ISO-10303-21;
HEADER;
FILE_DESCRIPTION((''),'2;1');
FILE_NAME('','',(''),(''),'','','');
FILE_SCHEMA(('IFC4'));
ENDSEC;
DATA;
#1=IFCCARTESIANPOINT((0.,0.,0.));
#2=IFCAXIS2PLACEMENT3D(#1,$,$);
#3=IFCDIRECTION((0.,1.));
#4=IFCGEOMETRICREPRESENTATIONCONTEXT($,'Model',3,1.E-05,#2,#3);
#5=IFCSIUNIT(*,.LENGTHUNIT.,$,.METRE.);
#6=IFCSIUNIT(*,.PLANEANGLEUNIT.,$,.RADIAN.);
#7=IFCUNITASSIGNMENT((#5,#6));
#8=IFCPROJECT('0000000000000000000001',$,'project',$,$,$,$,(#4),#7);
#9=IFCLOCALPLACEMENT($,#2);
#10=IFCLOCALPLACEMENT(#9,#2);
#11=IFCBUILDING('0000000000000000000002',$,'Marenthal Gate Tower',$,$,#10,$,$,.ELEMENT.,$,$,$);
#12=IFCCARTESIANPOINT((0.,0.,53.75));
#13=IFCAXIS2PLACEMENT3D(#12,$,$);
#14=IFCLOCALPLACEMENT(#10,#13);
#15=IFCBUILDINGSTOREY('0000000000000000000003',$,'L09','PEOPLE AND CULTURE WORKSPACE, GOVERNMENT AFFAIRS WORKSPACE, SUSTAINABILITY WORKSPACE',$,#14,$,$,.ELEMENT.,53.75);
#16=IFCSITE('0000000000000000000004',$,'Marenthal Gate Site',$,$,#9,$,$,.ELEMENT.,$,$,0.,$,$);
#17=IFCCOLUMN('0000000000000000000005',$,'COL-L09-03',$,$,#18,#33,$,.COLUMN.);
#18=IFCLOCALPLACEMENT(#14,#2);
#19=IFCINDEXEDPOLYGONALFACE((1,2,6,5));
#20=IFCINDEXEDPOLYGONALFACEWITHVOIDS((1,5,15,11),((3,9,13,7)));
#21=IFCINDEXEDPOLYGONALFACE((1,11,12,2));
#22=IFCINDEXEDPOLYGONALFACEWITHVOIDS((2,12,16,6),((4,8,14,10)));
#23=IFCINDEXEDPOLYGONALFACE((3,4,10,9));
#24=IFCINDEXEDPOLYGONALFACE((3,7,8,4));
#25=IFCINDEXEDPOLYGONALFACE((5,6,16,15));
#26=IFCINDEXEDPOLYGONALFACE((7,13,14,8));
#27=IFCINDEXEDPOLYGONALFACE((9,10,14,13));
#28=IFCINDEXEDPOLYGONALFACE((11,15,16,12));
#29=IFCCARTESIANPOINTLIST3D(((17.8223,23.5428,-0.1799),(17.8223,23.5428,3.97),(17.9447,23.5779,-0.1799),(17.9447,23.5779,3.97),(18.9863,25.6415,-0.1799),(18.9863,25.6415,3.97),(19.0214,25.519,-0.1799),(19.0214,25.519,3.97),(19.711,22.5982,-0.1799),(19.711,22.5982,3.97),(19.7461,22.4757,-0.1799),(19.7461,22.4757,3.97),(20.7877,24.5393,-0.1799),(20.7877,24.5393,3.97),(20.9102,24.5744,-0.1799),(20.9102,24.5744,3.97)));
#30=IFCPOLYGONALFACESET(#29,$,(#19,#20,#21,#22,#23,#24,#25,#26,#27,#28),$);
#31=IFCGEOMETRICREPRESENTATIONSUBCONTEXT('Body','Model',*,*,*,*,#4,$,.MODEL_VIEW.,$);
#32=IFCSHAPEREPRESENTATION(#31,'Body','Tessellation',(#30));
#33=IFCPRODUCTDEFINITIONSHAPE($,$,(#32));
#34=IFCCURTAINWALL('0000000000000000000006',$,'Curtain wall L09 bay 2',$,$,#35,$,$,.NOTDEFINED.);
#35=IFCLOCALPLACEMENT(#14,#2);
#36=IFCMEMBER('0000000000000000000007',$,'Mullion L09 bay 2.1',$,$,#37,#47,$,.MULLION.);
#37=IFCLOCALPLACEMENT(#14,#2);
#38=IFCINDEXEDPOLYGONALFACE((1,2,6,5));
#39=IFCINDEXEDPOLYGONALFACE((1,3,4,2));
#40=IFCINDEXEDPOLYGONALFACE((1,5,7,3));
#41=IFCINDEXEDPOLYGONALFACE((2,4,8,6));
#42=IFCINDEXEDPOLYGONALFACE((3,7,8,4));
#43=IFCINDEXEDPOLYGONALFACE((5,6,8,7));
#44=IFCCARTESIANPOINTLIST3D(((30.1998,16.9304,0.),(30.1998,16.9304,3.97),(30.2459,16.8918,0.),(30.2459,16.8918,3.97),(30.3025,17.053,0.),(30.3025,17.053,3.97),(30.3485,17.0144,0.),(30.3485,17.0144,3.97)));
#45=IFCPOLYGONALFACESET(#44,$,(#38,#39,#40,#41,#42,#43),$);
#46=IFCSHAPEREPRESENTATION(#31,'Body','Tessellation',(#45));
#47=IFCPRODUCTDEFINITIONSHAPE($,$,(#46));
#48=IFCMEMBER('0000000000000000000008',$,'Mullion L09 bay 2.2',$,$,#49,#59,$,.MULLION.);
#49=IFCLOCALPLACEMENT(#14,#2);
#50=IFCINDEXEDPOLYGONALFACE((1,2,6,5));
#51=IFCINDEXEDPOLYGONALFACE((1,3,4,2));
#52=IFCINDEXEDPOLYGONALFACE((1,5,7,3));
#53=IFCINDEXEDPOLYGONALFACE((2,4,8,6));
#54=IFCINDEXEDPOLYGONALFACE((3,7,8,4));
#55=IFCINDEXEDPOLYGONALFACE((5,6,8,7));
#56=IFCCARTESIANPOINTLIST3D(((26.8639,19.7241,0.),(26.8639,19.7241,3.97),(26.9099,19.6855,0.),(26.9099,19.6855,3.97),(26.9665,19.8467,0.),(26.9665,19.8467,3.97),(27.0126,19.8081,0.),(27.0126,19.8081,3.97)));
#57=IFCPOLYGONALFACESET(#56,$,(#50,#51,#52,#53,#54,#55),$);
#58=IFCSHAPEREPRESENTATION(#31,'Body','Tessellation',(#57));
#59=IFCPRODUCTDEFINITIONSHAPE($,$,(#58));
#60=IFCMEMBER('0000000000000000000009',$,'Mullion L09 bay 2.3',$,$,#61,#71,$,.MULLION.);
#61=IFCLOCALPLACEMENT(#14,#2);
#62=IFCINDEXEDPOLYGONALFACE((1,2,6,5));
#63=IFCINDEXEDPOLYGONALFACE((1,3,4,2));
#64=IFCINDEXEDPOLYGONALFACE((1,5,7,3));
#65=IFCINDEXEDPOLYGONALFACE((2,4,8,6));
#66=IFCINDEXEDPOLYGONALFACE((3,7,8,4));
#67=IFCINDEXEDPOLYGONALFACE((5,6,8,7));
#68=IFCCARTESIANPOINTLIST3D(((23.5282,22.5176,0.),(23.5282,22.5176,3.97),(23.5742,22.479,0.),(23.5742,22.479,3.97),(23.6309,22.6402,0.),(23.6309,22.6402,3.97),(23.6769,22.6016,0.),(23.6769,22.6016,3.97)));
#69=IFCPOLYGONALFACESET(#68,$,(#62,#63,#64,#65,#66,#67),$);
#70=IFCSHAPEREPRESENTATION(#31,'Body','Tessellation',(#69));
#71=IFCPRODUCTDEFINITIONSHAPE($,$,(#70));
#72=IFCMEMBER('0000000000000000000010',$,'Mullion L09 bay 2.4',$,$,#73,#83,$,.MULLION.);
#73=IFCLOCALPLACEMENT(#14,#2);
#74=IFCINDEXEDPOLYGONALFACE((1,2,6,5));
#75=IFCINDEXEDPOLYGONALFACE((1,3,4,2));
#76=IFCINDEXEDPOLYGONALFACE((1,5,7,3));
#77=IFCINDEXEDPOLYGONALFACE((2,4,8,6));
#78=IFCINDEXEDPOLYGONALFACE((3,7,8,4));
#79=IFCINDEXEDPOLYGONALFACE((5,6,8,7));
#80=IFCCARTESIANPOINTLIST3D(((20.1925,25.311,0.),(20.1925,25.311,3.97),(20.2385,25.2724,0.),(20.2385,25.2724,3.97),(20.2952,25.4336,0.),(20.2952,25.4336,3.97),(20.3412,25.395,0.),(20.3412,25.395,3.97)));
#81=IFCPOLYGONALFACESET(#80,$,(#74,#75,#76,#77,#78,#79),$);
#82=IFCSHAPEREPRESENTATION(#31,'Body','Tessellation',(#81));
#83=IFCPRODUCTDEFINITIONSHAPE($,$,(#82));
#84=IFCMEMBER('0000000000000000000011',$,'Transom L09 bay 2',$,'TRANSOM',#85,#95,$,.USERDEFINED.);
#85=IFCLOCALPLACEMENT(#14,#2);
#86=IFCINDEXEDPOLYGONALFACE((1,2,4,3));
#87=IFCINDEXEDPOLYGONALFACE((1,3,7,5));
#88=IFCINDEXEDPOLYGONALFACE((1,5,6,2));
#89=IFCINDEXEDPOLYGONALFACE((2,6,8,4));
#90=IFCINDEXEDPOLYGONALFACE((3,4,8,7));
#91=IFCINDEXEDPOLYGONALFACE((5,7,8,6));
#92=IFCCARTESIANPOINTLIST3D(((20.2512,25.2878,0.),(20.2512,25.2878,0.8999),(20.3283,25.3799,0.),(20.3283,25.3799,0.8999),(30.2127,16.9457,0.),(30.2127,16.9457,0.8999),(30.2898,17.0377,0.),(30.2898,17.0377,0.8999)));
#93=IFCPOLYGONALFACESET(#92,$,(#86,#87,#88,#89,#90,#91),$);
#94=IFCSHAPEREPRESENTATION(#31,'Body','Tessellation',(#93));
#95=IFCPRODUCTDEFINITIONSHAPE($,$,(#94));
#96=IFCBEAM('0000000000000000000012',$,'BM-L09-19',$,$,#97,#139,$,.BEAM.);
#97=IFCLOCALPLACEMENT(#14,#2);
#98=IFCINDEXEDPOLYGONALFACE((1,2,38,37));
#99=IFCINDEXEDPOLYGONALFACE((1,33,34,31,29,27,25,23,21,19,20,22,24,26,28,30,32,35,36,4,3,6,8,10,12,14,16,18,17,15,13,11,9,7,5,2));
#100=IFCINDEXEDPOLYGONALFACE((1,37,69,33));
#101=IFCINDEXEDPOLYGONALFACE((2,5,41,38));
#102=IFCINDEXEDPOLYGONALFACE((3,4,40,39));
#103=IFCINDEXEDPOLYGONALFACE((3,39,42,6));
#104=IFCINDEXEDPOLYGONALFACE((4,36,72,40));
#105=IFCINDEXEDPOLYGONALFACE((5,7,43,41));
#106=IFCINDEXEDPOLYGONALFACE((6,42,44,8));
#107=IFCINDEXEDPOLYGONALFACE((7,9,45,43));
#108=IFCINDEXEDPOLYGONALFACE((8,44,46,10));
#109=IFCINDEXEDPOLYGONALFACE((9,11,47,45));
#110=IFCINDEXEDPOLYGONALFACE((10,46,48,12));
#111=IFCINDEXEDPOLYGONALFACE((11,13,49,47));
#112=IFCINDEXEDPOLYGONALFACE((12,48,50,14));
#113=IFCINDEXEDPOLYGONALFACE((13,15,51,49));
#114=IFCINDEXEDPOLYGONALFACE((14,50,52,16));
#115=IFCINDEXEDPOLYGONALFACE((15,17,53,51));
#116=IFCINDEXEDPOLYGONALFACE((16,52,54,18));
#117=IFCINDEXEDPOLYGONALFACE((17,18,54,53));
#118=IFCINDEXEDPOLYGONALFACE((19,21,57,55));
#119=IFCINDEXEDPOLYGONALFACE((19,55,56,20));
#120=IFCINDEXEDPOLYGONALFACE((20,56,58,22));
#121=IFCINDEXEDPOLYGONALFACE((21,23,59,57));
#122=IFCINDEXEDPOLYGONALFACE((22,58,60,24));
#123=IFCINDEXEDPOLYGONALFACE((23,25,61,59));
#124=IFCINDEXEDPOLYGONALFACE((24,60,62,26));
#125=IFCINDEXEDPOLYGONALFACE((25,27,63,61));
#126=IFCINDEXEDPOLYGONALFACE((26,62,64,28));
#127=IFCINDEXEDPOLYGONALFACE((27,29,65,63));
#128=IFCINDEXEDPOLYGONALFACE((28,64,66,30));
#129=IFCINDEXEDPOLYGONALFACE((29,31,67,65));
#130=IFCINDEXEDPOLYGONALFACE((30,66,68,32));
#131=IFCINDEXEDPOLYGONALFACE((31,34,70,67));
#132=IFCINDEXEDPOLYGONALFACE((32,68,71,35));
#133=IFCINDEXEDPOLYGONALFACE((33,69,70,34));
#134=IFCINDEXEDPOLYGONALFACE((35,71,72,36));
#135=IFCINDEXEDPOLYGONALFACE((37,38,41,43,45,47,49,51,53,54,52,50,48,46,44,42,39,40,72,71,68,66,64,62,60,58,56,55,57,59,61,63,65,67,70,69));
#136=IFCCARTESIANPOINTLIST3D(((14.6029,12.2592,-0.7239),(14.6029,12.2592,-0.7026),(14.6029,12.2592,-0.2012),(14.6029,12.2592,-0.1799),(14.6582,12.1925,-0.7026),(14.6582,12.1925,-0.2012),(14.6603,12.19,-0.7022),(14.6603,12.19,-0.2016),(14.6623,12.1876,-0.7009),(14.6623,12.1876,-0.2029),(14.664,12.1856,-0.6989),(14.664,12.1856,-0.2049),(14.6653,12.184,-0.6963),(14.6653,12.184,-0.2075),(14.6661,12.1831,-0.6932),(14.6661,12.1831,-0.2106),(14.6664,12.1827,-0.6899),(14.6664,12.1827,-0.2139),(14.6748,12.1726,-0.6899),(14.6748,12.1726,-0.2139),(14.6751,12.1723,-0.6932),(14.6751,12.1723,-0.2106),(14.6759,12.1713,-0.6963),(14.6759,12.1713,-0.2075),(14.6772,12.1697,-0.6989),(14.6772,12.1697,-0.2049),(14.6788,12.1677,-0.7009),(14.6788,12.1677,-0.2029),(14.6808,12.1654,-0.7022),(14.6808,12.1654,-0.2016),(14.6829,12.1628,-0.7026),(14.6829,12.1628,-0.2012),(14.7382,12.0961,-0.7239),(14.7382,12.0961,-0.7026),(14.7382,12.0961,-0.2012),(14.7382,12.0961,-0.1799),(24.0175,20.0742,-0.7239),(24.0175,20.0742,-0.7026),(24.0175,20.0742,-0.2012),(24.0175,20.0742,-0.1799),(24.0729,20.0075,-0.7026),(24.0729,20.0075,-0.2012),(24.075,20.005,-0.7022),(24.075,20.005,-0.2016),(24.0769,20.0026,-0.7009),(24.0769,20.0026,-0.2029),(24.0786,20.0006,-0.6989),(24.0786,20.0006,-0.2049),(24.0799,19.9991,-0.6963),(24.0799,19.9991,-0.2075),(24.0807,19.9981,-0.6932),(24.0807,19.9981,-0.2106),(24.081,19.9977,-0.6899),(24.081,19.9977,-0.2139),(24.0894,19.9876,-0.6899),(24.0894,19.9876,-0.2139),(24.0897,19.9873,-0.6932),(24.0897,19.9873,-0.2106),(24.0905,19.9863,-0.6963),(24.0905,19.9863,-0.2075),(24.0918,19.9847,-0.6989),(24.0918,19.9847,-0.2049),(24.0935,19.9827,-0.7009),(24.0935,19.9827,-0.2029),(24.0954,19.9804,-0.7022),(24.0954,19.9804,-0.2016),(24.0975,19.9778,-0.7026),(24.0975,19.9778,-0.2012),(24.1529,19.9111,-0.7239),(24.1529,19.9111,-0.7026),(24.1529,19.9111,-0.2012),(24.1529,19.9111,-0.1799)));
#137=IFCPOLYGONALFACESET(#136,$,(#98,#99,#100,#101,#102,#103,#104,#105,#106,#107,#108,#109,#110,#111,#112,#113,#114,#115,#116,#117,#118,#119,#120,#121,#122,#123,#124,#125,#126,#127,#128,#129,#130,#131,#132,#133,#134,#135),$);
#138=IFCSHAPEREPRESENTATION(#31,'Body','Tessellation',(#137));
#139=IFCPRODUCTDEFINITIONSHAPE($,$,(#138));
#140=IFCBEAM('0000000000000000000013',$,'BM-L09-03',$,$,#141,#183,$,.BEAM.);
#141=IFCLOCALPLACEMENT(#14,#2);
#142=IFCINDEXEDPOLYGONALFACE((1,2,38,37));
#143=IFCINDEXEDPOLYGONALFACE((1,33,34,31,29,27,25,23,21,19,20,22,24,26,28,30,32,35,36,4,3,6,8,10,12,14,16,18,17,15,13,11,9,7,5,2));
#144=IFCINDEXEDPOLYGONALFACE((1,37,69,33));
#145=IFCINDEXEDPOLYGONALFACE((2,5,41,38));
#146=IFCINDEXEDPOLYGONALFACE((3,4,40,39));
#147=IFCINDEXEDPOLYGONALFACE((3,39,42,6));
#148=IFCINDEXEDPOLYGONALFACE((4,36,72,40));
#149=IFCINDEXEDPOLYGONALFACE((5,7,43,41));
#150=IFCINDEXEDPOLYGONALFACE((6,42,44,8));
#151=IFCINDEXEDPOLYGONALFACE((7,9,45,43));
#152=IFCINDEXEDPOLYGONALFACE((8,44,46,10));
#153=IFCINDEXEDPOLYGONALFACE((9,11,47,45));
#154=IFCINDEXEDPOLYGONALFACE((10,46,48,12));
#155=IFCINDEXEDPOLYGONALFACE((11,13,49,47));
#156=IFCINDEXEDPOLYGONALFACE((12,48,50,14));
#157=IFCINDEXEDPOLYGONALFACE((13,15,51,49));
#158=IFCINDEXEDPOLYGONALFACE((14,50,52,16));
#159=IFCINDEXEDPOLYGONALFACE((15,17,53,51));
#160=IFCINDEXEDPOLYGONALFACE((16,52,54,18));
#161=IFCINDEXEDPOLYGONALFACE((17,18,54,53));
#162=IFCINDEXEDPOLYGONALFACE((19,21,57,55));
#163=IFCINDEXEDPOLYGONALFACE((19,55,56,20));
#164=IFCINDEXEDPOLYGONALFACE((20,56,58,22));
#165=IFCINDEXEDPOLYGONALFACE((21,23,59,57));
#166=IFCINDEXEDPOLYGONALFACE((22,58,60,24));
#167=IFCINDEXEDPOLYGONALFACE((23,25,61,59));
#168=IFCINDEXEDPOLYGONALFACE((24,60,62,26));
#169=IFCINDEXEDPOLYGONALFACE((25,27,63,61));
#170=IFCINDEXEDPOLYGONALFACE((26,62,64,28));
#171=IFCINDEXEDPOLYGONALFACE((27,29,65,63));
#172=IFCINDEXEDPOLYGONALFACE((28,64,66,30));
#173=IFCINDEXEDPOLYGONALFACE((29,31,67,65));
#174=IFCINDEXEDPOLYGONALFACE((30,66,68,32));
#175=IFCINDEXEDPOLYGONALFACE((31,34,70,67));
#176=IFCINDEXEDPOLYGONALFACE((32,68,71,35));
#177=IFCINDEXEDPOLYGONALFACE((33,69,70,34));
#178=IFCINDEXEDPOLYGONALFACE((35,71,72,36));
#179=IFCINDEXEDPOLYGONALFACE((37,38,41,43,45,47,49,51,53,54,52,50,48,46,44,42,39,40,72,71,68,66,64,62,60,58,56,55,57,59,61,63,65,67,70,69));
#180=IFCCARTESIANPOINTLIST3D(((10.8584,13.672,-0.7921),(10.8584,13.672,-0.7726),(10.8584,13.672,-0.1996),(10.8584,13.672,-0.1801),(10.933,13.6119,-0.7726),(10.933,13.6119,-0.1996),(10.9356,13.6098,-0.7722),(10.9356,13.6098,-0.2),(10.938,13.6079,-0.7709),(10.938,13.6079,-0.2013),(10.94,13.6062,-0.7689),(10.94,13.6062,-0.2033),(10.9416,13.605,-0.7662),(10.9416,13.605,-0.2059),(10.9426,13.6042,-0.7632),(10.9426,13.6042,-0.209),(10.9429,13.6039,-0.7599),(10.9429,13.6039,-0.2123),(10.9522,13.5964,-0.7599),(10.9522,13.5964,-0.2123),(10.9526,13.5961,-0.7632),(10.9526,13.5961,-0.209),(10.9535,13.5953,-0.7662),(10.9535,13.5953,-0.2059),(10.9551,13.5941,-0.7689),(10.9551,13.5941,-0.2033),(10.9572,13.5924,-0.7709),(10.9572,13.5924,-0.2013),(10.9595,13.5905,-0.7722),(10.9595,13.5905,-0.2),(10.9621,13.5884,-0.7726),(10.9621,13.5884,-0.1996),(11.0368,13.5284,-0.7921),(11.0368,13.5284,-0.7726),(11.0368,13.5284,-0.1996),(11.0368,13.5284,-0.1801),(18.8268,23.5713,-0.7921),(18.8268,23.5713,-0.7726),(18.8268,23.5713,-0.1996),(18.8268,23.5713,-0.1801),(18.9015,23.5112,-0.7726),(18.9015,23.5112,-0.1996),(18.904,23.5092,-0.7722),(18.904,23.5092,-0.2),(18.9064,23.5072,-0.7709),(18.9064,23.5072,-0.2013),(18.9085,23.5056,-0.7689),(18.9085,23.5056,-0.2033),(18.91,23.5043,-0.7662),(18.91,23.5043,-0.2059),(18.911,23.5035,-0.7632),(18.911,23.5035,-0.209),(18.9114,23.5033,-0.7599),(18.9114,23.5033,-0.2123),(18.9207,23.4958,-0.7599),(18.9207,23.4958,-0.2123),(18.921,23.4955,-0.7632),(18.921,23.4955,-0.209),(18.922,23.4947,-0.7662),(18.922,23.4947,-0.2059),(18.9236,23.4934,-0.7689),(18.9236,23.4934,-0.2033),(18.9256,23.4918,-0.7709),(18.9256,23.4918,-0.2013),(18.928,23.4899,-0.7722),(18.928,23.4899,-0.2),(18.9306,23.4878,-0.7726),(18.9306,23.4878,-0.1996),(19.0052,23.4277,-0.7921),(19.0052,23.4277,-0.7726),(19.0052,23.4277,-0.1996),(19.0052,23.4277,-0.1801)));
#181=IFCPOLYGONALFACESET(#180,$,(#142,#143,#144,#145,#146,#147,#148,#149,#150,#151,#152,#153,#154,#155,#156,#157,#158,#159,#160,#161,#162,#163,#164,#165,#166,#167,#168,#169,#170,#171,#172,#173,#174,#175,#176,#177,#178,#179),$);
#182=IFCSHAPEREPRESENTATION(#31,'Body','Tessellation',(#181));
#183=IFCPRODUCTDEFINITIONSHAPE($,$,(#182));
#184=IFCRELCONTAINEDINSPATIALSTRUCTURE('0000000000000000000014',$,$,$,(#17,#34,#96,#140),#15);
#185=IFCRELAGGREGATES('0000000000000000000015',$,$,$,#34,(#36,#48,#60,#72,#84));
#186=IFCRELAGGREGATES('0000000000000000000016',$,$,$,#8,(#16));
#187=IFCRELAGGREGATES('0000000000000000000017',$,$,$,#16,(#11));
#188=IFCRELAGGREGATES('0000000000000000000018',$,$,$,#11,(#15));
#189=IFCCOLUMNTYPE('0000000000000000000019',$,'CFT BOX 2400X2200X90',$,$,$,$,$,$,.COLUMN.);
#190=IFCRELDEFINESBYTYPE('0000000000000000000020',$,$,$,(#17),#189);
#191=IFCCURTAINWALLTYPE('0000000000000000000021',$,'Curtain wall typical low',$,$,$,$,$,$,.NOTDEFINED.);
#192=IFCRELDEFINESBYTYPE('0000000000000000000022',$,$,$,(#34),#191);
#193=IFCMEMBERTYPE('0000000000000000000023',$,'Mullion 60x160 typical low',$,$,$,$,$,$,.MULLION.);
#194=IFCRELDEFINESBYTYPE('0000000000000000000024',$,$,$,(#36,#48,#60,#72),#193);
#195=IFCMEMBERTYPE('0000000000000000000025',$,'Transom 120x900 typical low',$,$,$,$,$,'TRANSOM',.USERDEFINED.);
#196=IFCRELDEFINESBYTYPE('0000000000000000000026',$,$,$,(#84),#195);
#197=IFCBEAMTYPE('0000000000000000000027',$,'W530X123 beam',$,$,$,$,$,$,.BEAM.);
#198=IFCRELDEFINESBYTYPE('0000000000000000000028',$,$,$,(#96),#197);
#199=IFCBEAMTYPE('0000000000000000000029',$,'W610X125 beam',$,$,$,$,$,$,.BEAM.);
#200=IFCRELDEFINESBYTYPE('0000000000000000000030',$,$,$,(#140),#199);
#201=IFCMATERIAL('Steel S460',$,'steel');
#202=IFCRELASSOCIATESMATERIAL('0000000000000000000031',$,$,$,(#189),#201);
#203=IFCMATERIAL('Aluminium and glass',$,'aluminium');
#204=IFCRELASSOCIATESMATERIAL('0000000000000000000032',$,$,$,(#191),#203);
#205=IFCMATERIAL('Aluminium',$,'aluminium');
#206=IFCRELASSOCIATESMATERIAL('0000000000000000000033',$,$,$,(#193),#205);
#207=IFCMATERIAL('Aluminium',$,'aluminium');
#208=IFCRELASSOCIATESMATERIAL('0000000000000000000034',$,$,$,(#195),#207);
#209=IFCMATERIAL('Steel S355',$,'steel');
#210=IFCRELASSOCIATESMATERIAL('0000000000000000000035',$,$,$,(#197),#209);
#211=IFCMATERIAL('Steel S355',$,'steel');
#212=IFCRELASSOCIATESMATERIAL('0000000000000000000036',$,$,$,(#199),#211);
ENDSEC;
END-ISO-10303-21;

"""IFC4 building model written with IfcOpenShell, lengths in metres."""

from ifc_helpers import new_model, si_unit, direction, frame, origin, origin_2d, place, context, subcontext, project, spatial, rectangle, hollow_rectangle, i_section, extrude, material, material_profile, profile_set, type_object, element, aggregate, save


model = new_model("IFC4")

# Units and contexts
model_context = context("Model", 3, precision=1e-05, world=origin(), true_north=direction((0.0, 1.0)))
body_context = subcontext(model_context, "Body", "Model", "MODEL_VIEW")
ifc_project = project(units=[si_unit("LENGTHUNIT", "METRE"), si_unit("PLANEANGLEUNIT", "RADIAN")], contexts=[model_context])

# Site, building, storey
site_placement = place(None, origin())
site = spatial("IfcSite", under=ifc_project, at=site_placement, Name="Marenthal Gate Site", CompositionType="ELEMENT", RefElevation=0.0)
building_placement = place(site_placement, origin())
building = spatial("IfcBuilding", under=site, at=building_placement, Name="Marenthal Gate Tower", CompositionType="ELEMENT")
storey_placement = place(building_placement, frame((0.0, 0.0, 53.75)))
storey = spatial("IfcBuildingStorey", under=building, at=storey_placement, Name="L09", Description="PEOPLE AND CULTURE WORKSPACE, GOVERNMENT AFFAIRS WORKSPACE, SUSTAINABILITY WORKSPACE", CompositionType="ELEMENT", Elevation=53.75)

# Column
ifc_material_1 = material(Name="Steel S460", Category="steel")
ifc_material_profile_1 = material_profile(ifc_material_1, hollow_rectangle(XDim=2.2, YDim=2.3999, WallThickness=0.0901, at=origin_2d()), Name="CFT BOX 2400X2200X90")
ifc_material_2 = material(Name="Concrete 70 MPa", Category="concrete")
ifc_material_profile_2 = material_profile(ifc_material_2, rectangle(XDim=2.02, YDim=2.22, at=origin_2d()), Name="CFT BOX 2400X2200X90 INFILL")
ifc_profile_set_1 = profile_set([ifc_material_profile_1, ifc_material_profile_2], Name="Steel S460 shell, Concrete 70 MPa infill")
column_type = type_object("IfcColumnType", Name="CFT BOX 2400X2200X90", PredefinedType="COLUMN", material=ifc_profile_set_1)
column_placement = place(storey_placement, frame((19.3662, 24.0586, -0.1799), z_axis=(0.0, 0.0, 1.0), x_axis=(0.874496, -0.485032, 0.0)))
element("IfcColumn", 1, at=column_placement, inside=storey, type_object=column_type, Name="COL-L09-03", PredefinedType="COLUMN", context=body_context, shape_type="SweptSolid", body=[
    extrude(hollow_rectangle(XDim=2.2, YDim=2.3999, WallThickness=0.0901, at=origin_2d()), origin(), (0.0, 0.0, 1.0), 4.1499),
])

# Curtain wall, members
ifc_material_3 = material(Name="Aluminium and glass", Category="aluminium")
curtain_wall_type = type_object("IfcCurtainWallType", Name="Curtain wall typical low", PredefinedType="NOTDEFINED", material=ifc_material_3)
curtain_wall_placement = place(storey_placement, origin())
curtain_wall = element("IfcCurtainWall", 2, at=curtain_wall_placement, inside=storey, type_object=curtain_wall_type, Name="Curtain wall L09 bay 2", PredefinedType="NOTDEFINED")
ifc_material_4 = material(Name="Aluminium", Category="aluminium")
ifc_material_profile_3 = material_profile(ifc_material_4, rectangle(XDim=0.1599, YDim=0.0601, at=origin_2d()), Name="60x160 aluminium mullion")
ifc_profile_set_2 = profile_set([ifc_material_profile_3], Name="Aluminium")
member_type_1 = type_object("IfcMemberType", Name="Mullion 60x160 typical low", PredefinedType="MULLION", material=ifc_profile_set_2)
member_1_placement = place(storey_placement, frame((30.2742, 16.9724, 0.0), z_axis=(0.0, 0.0, 1.0), x_axis=(-0.642047, -0.766665, 0.0)))
member_1 = element("IfcMember", 3, at=member_1_placement, type_object=member_type_1, Name="Mullion L09 bay 2.1", PredefinedType="MULLION", context=body_context, shape_type="SweptSolid", body=[
    extrude(rectangle(XDim=0.1599, YDim=0.0601, at=origin_2d()), origin(), (0.0, 0.0, 1.0), 3.97),
])
member_2_placement = place(storey_placement, frame((26.9382, 19.7661, 0.0), z_axis=(0.0, 0.0, 1.0), x_axis=(-0.642047, -0.766665, 0.0)))
member_2 = element("IfcMember", 4, at=member_2_placement, type_object=member_type_1, Name="Mullion L09 bay 2.2", PredefinedType="MULLION", context=body_context, shape_type="SweptSolid", body=[
    extrude(rectangle(XDim=0.1599, YDim=0.0601, at=origin_2d()), origin(), (0.0, 0.0, 1.0), 3.97),
])
member_3_placement = place(storey_placement, frame((23.6025, 22.5596, 0.0), z_axis=(0.0, 0.0, 1.0), x_axis=(-0.642047, -0.766665, 0.0)))
member_3 = element("IfcMember", 5, at=member_3_placement, type_object=member_type_1, Name="Mullion L09 bay 2.3", PredefinedType="MULLION", context=body_context, shape_type="SweptSolid", body=[
    extrude(rectangle(XDim=0.1599, YDim=0.0601, at=origin_2d()), origin(), (0.0, 0.0, 1.0), 3.97),
])
member_4_placement = place(storey_placement, frame((20.2668, 25.353, 0.0), z_axis=(0.0, 0.0, 1.0), x_axis=(-0.642047, -0.766665, 0.0)))
member_4 = element("IfcMember", 6, at=member_4_placement, type_object=member_type_1, Name="Mullion L09 bay 2.4", PredefinedType="MULLION", context=body_context, shape_type="SweptSolid", body=[
    extrude(rectangle(XDim=0.1599, YDim=0.0601, at=origin_2d()), origin(), (0.0, 0.0, 1.0), 3.97),
])
ifc_material_5 = material(Name="Aluminium", Category="aluminium")
ifc_material_profile_4 = material_profile(ifc_material_5, rectangle(XDim=0.1201, YDim=0.8999, at=origin_2d()), Name="120x900 aluminium transom")
ifc_profile_set_3 = profile_set([ifc_material_profile_4], Name="Aluminium")
member_type_2 = type_object("IfcMemberType", Name="Transom 120x900 typical low", ElementType="TRANSOM", PredefinedType="USERDEFINED", material=ifc_profile_set_3)
member_5_placement = place(storey_placement, frame((30.2512, 16.9917, 0.45), z_axis=(-0.766673, 0.642038, 0.0), x_axis=(-0.642038, -0.766673, 0.0)))
member_5 = element("IfcMember", 7, at=member_5_placement, type_object=member_type_2, Name="Transom L09 bay 2", ObjectType="TRANSOM", PredefinedType="USERDEFINED", context=body_context, shape_type="SweptSolid", body=[
    extrude(rectangle(XDim=0.1201, YDim=0.8999, at=origin_2d()), origin(), (0.0, 0.0, 1.0), 12.9932),
])

# Beams
ifc_material_6 = material(Name="Steel S355", Category="steel")
ifc_material_profile_5 = material_profile(ifc_material_6, i_section(OverallWidth=0.2119, OverallDepth=0.5439, WebThickness=0.0132, FlangeThickness=0.0212, FilletRadius=0.0127, at=origin_2d()), Name="W530X123")
ifc_profile_set_4 = profile_set([ifc_material_profile_5], Name="Steel S355")
beam_type_1 = type_object("IfcBeamType", Name="W530X123 beam", PredefinedType="BEAM", material=ifc_profile_set_4)
beam_1_placement = place(storey_placement, frame((24.0852, 19.9927, -0.4519), z_axis=(-0.769447, -0.638711, 0.0), x_axis=(0.638711, -0.769447, 0.0)))
element("IfcBeam", 8, at=beam_1_placement, inside=storey, type_object=beam_type_1, Name="BM-L09-19", PredefinedType="BEAM", context=body_context, shape_type="SweptSolid", body=[
    extrude(i_section(OverallWidth=0.2119, OverallDepth=0.5439, WebThickness=0.0132, FlangeThickness=0.0212, FilletRadius=0.0127, at=origin_2d()), origin(), (0.0, 0.0, 1.0), 12.2356),
])
ifc_material_7 = material(Name="Steel S355", Category="steel")
ifc_material_profile_6 = material_profile(ifc_material_7, i_section(OverallWidth=0.229, OverallDepth=0.6121, WebThickness=0.012, FlangeThickness=0.0195, FilletRadius=0.0127, at=origin_2d()), Name="W610X125")
ifc_profile_set_5 = profile_set([ifc_material_profile_6], Name="Steel S355")
beam_type_2 = type_object("IfcBeamType", Name="W610X125 beam", PredefinedType="BEAM", material=ifc_profile_set_5)
beam_2_placement = place(storey_placement, frame((18.916, 23.4995, -0.4861), z_axis=(-0.627042, -0.778985, 0.0), x_axis=(0.778985, -0.627042, 0.0)))
element("IfcBeam", 9, at=beam_2_placement, inside=storey, type_object=beam_type_2, Name="BM-L09-03", PredefinedType="BEAM", context=body_context, shape_type="SweptSolid", body=[
    extrude(i_section(OverallWidth=0.229, OverallDepth=0.6121, WebThickness=0.012, FlangeThickness=0.0195, FilletRadius=0.0127, at=origin_2d()), origin(), (0.0, 0.0, 1.0), 12.708),
])

aggregate(curtain_wall, [member_1, member_2, member_3, member_4, member_5])

save(model, "model.ifc")
